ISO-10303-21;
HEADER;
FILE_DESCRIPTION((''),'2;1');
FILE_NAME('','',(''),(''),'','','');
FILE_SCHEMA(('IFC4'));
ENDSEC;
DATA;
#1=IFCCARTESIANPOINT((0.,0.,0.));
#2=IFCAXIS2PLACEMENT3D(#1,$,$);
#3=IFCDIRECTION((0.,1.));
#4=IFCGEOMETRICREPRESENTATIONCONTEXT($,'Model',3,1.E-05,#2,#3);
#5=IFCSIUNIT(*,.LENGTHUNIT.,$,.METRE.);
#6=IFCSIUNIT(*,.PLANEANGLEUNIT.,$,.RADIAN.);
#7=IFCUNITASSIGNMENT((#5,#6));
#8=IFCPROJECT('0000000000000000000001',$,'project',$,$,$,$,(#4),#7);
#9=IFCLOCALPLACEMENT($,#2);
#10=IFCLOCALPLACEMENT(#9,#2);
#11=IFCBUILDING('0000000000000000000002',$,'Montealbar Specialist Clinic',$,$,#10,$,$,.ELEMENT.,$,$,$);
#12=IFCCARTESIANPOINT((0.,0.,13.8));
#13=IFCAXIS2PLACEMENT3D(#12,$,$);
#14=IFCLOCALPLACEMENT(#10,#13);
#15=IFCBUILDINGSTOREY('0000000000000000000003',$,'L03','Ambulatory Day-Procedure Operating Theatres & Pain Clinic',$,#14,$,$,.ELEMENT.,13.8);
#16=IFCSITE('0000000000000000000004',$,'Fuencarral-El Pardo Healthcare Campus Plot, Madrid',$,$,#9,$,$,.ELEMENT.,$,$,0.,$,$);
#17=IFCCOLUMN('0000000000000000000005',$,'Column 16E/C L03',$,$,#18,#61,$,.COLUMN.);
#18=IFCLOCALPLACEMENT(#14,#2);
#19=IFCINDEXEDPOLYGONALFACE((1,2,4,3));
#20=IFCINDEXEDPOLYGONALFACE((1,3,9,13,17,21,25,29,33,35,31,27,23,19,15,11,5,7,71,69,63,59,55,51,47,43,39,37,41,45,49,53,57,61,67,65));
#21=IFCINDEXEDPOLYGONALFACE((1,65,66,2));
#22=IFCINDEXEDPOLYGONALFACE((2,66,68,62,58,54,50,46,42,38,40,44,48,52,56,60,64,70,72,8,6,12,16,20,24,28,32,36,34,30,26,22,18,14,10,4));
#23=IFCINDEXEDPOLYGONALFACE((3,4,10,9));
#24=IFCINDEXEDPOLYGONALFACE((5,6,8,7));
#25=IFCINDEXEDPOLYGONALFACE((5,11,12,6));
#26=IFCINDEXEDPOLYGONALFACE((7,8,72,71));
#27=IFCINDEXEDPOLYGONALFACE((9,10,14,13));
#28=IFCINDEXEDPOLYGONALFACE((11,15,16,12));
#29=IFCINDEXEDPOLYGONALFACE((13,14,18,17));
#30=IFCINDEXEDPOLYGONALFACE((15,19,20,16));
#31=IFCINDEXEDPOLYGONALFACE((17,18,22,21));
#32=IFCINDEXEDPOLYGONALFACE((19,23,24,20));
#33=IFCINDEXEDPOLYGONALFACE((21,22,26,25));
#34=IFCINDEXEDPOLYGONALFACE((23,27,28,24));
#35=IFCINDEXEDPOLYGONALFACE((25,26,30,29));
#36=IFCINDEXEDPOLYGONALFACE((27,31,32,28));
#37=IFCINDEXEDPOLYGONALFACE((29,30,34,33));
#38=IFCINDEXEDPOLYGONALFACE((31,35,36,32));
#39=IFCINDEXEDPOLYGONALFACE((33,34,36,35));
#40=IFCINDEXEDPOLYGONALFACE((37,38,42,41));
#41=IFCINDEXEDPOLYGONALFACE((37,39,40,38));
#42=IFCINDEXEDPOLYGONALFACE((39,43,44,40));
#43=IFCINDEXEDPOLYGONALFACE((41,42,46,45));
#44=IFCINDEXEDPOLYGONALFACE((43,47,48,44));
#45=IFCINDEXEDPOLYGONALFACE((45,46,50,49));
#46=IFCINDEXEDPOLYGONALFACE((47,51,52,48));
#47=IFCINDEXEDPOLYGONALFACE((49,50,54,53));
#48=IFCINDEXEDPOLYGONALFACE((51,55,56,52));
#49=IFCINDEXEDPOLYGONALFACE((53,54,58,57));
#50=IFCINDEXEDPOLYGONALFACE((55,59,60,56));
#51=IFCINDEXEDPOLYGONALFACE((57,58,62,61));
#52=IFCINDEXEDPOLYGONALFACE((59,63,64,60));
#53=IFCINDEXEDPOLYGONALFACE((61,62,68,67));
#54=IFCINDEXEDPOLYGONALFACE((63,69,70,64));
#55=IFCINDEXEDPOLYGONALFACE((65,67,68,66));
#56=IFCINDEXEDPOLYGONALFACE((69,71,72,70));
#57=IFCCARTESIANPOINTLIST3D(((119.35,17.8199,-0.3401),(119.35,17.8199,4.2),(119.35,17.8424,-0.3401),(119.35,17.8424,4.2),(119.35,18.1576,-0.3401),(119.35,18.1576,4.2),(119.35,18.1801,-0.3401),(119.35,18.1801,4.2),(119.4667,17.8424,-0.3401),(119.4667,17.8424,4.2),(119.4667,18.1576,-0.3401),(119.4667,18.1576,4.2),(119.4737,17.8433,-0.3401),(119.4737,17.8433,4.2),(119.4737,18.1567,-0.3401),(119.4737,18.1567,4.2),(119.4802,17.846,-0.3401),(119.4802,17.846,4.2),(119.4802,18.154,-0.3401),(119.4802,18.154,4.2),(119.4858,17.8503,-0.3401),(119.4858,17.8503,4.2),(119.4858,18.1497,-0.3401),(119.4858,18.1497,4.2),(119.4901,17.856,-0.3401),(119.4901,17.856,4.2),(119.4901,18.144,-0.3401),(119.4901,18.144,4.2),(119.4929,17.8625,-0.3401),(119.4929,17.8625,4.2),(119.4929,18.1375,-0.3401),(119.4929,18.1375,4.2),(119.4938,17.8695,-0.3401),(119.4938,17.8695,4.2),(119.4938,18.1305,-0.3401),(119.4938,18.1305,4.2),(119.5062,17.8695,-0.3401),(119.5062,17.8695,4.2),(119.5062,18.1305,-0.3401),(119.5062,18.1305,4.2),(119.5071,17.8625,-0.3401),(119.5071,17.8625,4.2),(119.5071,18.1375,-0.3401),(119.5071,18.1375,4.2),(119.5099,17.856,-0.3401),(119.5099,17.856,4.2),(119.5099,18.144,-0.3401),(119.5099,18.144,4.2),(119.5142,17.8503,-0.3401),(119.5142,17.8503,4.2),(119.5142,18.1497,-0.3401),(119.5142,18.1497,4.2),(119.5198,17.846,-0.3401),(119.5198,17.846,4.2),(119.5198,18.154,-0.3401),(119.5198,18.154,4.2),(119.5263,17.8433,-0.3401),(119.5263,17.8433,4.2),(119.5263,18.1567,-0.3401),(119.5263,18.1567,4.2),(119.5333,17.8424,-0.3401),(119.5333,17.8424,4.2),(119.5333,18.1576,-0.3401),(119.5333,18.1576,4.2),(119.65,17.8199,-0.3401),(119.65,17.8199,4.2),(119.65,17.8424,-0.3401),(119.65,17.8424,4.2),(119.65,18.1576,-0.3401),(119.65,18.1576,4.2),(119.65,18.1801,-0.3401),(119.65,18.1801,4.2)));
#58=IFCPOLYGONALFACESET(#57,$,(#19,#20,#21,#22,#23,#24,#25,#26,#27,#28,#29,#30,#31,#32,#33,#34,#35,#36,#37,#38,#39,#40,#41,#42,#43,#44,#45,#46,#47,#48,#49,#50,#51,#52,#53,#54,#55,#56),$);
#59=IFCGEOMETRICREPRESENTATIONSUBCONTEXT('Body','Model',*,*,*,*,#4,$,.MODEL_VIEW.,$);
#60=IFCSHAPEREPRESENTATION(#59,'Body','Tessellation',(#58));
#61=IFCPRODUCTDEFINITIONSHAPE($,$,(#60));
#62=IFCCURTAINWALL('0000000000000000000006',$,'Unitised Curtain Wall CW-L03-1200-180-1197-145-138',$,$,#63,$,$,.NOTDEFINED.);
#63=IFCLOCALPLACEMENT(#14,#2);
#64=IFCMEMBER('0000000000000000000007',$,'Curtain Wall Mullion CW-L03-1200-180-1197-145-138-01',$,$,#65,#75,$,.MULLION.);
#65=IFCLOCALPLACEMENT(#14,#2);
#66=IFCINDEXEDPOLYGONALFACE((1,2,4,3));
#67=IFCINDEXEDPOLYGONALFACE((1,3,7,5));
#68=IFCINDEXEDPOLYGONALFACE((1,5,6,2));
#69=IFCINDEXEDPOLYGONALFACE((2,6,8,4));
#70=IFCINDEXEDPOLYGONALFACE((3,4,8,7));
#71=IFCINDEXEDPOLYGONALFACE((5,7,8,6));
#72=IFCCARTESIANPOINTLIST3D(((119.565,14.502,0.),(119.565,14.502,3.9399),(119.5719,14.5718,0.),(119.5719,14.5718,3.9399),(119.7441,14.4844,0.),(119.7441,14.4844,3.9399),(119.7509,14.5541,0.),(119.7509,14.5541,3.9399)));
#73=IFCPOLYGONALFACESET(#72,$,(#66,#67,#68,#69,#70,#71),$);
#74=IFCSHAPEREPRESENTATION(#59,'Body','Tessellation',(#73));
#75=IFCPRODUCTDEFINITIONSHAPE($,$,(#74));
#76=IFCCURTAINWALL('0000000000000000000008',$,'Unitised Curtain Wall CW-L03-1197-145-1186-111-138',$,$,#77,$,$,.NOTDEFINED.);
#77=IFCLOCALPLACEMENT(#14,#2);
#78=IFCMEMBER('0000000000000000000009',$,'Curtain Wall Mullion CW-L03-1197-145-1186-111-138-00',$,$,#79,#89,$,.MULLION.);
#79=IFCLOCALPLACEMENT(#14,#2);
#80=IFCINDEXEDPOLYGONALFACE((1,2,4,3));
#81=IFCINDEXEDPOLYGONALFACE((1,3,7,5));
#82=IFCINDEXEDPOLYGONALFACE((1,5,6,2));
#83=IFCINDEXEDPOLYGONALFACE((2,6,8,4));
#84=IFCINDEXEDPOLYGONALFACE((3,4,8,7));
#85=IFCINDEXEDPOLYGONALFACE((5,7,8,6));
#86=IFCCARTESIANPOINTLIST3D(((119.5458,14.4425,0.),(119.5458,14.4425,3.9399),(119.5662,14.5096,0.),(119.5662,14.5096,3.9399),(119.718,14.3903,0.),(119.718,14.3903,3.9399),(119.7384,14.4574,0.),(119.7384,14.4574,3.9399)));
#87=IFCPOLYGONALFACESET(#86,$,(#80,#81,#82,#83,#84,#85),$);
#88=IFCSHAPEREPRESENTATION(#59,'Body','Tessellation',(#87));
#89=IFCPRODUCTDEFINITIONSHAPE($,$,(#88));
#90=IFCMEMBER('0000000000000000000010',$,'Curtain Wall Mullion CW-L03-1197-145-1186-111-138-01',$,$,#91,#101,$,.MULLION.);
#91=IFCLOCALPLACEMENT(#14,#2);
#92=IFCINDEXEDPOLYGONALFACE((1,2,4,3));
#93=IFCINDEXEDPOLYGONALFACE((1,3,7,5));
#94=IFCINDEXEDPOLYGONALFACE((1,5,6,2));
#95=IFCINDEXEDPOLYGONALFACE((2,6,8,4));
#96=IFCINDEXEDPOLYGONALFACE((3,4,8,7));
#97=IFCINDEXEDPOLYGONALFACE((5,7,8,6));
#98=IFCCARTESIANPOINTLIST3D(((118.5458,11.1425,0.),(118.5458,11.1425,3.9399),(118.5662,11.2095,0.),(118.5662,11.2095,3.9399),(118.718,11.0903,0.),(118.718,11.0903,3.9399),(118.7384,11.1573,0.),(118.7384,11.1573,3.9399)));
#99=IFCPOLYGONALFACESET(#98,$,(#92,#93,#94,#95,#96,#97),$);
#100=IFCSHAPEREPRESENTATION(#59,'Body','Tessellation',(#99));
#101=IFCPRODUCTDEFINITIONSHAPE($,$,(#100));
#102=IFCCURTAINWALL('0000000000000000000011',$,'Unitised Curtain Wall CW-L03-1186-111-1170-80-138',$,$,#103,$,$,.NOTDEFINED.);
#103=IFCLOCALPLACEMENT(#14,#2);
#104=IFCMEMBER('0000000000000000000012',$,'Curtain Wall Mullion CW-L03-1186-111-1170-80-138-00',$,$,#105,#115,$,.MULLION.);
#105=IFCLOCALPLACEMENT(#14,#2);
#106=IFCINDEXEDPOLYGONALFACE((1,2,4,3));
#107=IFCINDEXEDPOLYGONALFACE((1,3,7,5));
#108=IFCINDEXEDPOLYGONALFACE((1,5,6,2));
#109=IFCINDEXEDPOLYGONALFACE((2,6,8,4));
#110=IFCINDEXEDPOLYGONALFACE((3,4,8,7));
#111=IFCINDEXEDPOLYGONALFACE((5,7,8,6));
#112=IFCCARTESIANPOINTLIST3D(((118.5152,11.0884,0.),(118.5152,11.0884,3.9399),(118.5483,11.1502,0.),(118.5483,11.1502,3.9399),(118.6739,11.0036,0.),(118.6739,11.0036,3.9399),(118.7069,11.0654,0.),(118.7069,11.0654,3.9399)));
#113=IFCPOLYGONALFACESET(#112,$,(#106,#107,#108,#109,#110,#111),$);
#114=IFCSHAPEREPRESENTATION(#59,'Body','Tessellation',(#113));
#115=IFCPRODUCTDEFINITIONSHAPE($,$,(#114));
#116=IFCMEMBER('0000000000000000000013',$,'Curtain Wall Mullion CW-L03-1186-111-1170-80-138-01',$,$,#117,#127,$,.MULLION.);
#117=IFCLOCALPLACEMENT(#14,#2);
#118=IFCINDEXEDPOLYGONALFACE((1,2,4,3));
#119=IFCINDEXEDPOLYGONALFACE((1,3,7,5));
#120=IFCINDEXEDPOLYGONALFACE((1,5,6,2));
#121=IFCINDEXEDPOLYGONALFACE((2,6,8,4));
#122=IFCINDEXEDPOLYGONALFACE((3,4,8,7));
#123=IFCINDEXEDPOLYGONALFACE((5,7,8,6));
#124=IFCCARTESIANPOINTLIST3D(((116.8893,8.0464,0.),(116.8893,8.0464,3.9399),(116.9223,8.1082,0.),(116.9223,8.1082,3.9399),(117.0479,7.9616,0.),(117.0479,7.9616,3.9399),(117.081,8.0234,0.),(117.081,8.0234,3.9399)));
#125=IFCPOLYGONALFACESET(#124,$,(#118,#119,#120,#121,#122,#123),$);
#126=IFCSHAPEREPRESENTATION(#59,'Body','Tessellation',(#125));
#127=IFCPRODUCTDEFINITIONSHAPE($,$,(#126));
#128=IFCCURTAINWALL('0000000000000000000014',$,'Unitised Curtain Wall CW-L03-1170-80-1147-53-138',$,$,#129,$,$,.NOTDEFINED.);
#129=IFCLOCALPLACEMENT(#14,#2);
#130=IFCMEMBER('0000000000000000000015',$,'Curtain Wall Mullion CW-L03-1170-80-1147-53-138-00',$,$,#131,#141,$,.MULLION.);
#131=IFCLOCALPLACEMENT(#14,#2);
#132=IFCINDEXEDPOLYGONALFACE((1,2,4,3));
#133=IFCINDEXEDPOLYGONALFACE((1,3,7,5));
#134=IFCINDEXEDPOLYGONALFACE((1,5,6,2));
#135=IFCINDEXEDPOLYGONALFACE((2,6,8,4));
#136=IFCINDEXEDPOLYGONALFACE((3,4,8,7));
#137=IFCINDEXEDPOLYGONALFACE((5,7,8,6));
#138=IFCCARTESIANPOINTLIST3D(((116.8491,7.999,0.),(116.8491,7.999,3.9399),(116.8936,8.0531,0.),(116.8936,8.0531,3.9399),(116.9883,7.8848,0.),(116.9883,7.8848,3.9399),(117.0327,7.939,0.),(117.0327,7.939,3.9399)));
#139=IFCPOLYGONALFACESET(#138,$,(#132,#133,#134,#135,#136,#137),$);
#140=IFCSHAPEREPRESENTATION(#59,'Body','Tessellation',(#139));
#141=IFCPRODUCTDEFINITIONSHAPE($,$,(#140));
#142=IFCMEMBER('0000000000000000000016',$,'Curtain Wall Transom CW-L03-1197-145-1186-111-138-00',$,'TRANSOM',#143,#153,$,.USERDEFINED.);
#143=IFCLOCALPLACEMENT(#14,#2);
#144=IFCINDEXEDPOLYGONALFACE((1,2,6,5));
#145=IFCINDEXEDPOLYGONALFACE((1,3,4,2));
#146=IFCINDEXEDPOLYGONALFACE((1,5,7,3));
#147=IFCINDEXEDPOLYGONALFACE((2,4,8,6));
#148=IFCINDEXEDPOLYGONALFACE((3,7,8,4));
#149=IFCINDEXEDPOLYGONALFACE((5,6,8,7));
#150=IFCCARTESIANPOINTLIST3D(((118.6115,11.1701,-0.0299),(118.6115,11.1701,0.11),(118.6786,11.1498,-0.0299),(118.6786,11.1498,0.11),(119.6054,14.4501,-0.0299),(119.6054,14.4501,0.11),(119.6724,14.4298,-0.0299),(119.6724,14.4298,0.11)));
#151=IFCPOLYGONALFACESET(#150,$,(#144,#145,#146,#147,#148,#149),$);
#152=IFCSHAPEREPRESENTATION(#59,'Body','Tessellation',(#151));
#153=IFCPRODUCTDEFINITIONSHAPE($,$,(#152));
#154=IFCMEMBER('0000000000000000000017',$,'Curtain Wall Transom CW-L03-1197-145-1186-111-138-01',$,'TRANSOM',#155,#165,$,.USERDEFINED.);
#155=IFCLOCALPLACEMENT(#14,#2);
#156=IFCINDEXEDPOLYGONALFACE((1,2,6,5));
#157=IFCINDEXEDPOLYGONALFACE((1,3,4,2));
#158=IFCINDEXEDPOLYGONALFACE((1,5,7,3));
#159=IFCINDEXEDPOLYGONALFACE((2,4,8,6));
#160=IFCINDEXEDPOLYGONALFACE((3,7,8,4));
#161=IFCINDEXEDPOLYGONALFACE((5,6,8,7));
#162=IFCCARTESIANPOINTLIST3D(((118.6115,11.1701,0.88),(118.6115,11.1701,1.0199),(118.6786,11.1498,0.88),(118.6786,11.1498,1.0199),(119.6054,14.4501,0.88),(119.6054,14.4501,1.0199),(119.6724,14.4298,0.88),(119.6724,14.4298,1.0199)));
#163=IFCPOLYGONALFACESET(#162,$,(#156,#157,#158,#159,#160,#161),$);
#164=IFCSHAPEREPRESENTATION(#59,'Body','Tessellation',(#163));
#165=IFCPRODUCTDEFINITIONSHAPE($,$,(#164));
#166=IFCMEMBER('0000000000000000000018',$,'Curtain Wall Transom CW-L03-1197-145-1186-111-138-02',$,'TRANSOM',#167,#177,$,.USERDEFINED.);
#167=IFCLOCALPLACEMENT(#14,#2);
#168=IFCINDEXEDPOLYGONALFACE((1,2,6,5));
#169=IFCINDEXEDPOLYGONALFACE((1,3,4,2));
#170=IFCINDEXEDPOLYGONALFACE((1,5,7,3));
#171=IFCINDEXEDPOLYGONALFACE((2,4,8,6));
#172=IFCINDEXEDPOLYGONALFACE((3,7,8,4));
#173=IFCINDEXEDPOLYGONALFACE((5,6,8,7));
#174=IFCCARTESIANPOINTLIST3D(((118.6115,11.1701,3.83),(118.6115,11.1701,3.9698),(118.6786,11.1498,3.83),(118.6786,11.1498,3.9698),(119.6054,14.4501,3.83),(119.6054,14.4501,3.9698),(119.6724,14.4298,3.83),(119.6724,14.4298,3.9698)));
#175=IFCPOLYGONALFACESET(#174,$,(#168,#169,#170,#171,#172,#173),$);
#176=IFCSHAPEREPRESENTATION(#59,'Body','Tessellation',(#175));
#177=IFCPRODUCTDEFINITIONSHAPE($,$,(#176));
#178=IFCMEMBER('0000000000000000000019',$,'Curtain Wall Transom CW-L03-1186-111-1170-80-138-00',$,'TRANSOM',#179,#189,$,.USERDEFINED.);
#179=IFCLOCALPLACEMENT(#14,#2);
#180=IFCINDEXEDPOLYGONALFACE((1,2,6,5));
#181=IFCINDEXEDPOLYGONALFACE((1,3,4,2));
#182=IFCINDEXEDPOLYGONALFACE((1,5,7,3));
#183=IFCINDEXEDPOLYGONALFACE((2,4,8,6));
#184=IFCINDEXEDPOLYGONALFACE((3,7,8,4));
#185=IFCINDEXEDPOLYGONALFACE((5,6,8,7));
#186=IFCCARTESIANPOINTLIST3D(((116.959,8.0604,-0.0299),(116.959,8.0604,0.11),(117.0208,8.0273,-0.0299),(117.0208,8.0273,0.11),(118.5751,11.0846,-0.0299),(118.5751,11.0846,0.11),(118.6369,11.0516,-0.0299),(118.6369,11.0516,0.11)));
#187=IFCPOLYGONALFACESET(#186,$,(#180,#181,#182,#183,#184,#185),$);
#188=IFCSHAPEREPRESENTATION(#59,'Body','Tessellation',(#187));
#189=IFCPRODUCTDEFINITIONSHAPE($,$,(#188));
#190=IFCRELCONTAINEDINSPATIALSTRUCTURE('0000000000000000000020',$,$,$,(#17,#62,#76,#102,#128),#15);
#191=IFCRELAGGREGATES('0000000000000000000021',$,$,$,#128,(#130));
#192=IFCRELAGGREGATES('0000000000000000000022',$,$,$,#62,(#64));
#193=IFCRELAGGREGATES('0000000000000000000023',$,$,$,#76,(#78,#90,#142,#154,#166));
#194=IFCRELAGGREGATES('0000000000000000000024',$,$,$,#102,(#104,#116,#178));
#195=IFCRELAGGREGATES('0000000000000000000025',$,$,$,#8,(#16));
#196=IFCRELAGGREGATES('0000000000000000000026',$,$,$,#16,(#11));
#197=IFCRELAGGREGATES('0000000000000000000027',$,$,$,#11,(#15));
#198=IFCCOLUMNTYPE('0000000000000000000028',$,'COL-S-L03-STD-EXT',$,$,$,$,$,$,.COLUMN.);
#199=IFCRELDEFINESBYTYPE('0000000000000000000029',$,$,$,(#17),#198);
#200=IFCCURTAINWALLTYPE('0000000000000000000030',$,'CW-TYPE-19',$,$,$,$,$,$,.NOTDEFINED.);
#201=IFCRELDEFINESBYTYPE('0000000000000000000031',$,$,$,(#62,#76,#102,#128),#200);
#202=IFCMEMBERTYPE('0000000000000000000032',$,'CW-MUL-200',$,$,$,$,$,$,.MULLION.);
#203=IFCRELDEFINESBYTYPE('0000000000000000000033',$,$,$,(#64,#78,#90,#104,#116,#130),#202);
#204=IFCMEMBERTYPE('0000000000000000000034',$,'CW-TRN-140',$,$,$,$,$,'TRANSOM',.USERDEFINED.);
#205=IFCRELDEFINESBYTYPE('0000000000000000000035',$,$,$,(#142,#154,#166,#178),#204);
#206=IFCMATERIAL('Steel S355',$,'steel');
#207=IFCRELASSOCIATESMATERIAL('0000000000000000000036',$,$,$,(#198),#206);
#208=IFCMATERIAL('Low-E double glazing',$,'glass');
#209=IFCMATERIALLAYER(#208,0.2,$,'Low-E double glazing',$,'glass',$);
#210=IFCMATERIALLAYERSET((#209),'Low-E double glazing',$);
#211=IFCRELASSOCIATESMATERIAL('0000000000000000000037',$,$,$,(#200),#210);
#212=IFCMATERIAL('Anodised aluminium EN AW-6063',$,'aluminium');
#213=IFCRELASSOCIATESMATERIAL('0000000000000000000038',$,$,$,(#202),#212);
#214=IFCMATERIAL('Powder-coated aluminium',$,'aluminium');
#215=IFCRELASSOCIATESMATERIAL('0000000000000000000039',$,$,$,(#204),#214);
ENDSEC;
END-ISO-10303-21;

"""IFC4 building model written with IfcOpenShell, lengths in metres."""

from ifc_helpers import new_model, si_unit, direction, frame, origin, origin_2d, place, context, subcontext, project, spatial, rectangle, i_section, extrude, material, layer, layer_set, material_profile, profile_set, type_object, element, aggregate, save


model = new_model("IFC4")

# Units and contexts
model_context = context("Model", 3, precision=1e-05, world=origin(), true_north=direction((0.0, 1.0)))
body_context = subcontext(model_context, "Body", "Model", "MODEL_VIEW")
ifc_project = project(units=[si_unit("LENGTHUNIT", "METRE"), si_unit("PLANEANGLEUNIT", "RADIAN")], contexts=[model_context])

# Site, building, storey
site_placement = place(None, origin())
site = spatial("IfcSite", under=ifc_project, at=site_placement, Name="Fuencarral-El Pardo Healthcare Campus Plot, Madrid", CompositionType="ELEMENT", RefElevation=0.0)
building_placement = place(site_placement, origin())
building = spatial("IfcBuilding", under=site, at=building_placement, Name="Montealbar Specialist Clinic", CompositionType="ELEMENT")
storey_placement = place(building_placement, frame((0.0, 0.0, 13.8)))
storey = spatial("IfcBuildingStorey", under=building, at=storey_placement, Name="L03", Description="Ambulatory Day-Procedure Operating Theatres & Pain Clinic", CompositionType="ELEMENT", Elevation=13.8)

# Column
ifc_material_1 = material(Name="Steel S355", Category="steel")
ifc_material_profile_1 = material_profile(ifc_material_1, i_section(OverallWidth=0.3, OverallDepth=0.3601, WebThickness=0.0125, FlangeThickness=0.0225, FilletRadius=0.0271, at=origin_2d()), Name="HEB 360", Category="steel")
ifc_profile_set_1 = profile_set([ifc_material_profile_1], Name="Steel S355")
column_type = type_object("IfcColumnType", Name="COL-S-L03-STD-EXT", PredefinedType="COLUMN", material=ifc_profile_set_1)
column_placement = place(storey_placement, frame((119.5, 18.0, -0.3401), z_axis=(0.0, 0.0, 1.0), x_axis=(1.0, 0.0, 0.0)))
element("IfcColumn", 1, at=column_placement, inside=storey, type_object=column_type, Name="Column 16E/C L03", PredefinedType="COLUMN", context=body_context, shape_type="SweptSolid", body=[
    extrude(i_section(OverallWidth=0.3, OverallDepth=0.3601, WebThickness=0.0125, FlangeThickness=0.0225, FilletRadius=0.0271, at=origin_2d()), origin(), (0.0, 0.0, 1.0), 4.54),
])

# Curtain wall, member
ifc_material_2 = material(Name="Low-E double glazing", Category="glass")
ifc_layer_1 = layer(ifc_material_2, 0.2, Name="Low-E double glazing", Category="glass")
ifc_layer_set_1 = layer_set([ifc_layer_1], Name="Low-E double glazing")
curtain_wall_type = type_object("IfcCurtainWallType", Name="CW-TYPE-19", PredefinedType="NOTDEFINED", material=ifc_layer_set_1)
curtain_wall_1_placement = place(storey_placement, origin())
curtain_wall_1 = element("IfcCurtainWall", 2, at=curtain_wall_1_placement, inside=storey, type_object=curtain_wall_type, Name="Unitised Curtain Wall CW-L03-1200-180-1197-145-138", PredefinedType="NOTDEFINED")
ifc_material_3 = material(Name="Anodised aluminium EN AW-6063", Category="aluminium")
ifc_material_profile_2 = material_profile(ifc_material_3, rectangle(XDim=0.0701, YDim=0.1799, at=origin_2d()), Name="ALU 70x180", Category="aluminium")
ifc_profile_set_2 = profile_set([ifc_material_profile_2], Name="Anodised aluminium EN AW-6063")
member_type_1 = type_object("IfcMemberType", Name="CW-MUL-200", PredefinedType="MULLION", material=ifc_profile_set_2)
member_1_placement = place(storey_placement, frame((119.658, 14.5281, 0.0), z_axis=(0.0, 0.0, 1.0), x_axis=(-0.098045, -0.995182, 0.0)))
member_1 = element("IfcMember", 3, at=member_1_placement, type_object=member_type_1, Name="Curtain Wall Mullion CW-L03-1200-180-1197-145-138-01", PredefinedType="MULLION", context=body_context, shape_type="SweptSolid", body=[
    extrude(rectangle(XDim=0.0701, YDim=0.1799, at=origin_2d()), origin(), (0.0, 0.0, 1.0), 3.9399),
])

# Curtain walls, members
curtain_wall_2_placement = place(storey_placement, origin())
curtain_wall_2 = element("IfcCurtainWall", 4, at=curtain_wall_2_placement, inside=storey, type_object=curtain_wall_type, Name="Unitised Curtain Wall CW-L03-1197-145-1186-111-138", PredefinedType="NOTDEFINED")
member_2_placement = place(storey_placement, frame((119.6421, 14.45, 0.0), z_axis=(0.0, 0.0, 1.0), x_axis=(-0.290259, -0.956948, 0.0)))
member_2 = element("IfcMember", 5, at=member_2_placement, type_object=member_type_1, Name="Curtain Wall Mullion CW-L03-1197-145-1186-111-138-00", PredefinedType="MULLION", context=body_context, shape_type="SweptSolid", body=[
    extrude(rectangle(XDim=0.0701, YDim=0.1799, at=origin_2d()), origin(), (0.0, 0.0, 1.0), 3.9399),
])
member_3_placement = place(storey_placement, frame((118.6421, 11.1499, 0.0), z_axis=(0.0, 0.0, 1.0), x_axis=(-0.290259, -0.956948, 0.0)))
member_3 = element("IfcMember", 6, at=member_3_placement, type_object=member_type_1, Name="Curtain Wall Mullion CW-L03-1197-145-1186-111-138-01", PredefinedType="MULLION", context=body_context, shape_type="SweptSolid", body=[
    extrude(rectangle(XDim=0.0701, YDim=0.1799, at=origin_2d()), origin(), (0.0, 0.0, 1.0), 3.9399),
])
curtain_wall_3_placement = place(storey_placement, origin())
curtain_wall_3 = element("IfcCurtainWall", 7, at=curtain_wall_3_placement, inside=storey, type_object=curtain_wall_type, Name="Unitised Curtain Wall CW-L03-1186-111-1170-80-138", PredefinedType="NOTDEFINED")
member_4_placement = place(storey_placement, frame((118.6111, 11.0769, 0.0), z_axis=(0.0, 0.0, 1.0), x_axis=(-0.471529, -0.88185, 0.0)))
member_4 = element("IfcMember", 8, at=member_4_placement, type_object=member_type_1, Name="Curtain Wall Mullion CW-L03-1186-111-1170-80-138-00", PredefinedType="MULLION", context=body_context, shape_type="SweptSolid", body=[
    extrude(rectangle(XDim=0.0701, YDim=0.1799, at=origin_2d()), origin(), (0.0, 0.0, 1.0), 3.9399),
])
member_5_placement = place(storey_placement, frame((116.9851, 8.0349, 0.0), z_axis=(0.0, 0.0, 1.0), x_axis=(-0.471529, -0.88185, 0.0)))
member_5 = element("IfcMember", 9, at=member_5_placement, type_object=member_type_1, Name="Curtain Wall Mullion CW-L03-1186-111-1170-80-138-01", PredefinedType="MULLION", context=body_context, shape_type="SweptSolid", body=[
    extrude(rectangle(XDim=0.0701, YDim=0.1799, at=origin_2d()), origin(), (0.0, 0.0, 1.0), 3.9399),
])

# Curtain wall, member
curtain_wall_4_placement = place(storey_placement, origin())
curtain_wall_4 = element("IfcCurtainWall", 10, at=curtain_wall_4_placement, inside=storey, type_object=curtain_wall_type, Name="Unitised Curtain Wall CW-L03-1170-80-1147-53-138", PredefinedType="NOTDEFINED")
member_6_placement = place(storey_placement, frame((116.9409, 7.969, 0.0), z_axis=(0.0, 0.0, 1.0), x_axis=(-0.634256, -0.773123, 0.0)))
member_6 = element("IfcMember", 11, at=member_6_placement, type_object=member_type_1, Name="Curtain Wall Mullion CW-L03-1170-80-1147-53-138-00", PredefinedType="MULLION", context=body_context, shape_type="SweptSolid", body=[
    extrude(rectangle(XDim=0.0701, YDim=0.1799, at=origin_2d()), origin(), (0.0, 0.0, 1.0), 3.9399),
])

# Members
ifc_material_4 = material(Name="Powder-coated aluminium", Category="aluminium")
ifc_material_profile_3 = material_profile(ifc_material_4, rectangle(XDim=0.0701, YDim=0.1399, at=origin_2d()), Name="ALU 70x140", Category="aluminium")
ifc_profile_set_3 = profile_set([ifc_material_profile_3], Name="Powder-coated aluminium")
member_type_2 = type_object("IfcMemberType", Name="CW-TRN-140", ElementType="TRANSOM", PredefinedType="USERDEFINED", material=ifc_profile_set_3)
member_7_placement = place(storey_placement, frame((119.6389, 14.4399, 0.04), z_axis=(-0.289994, -0.957029, 0.0), x_axis=(0.957029, -0.289994, 0.0)))
member_7 = element("IfcMember", 12, at=member_7_placement, type_object=member_type_2, Name="Curtain Wall Transom CW-L03-1197-145-1186-111-138-00", ObjectType="TRANSOM", PredefinedType="USERDEFINED", context=body_context, shape_type="SweptSolid", body=[
    extrude(rectangle(XDim=0.0701, YDim=0.1399, at=origin_2d()), origin(), (0.0, 0.0, 1.0), 3.4272),
])
member_8_placement = place(storey_placement, frame((119.6389, 14.4399, 0.95), z_axis=(-0.289994, -0.957029, 0.0), x_axis=(0.957029, -0.289994, 0.0)))
member_8 = element("IfcMember", 13, at=member_8_placement, type_object=member_type_2, Name="Curtain Wall Transom CW-L03-1197-145-1186-111-138-01", ObjectType="TRANSOM", PredefinedType="USERDEFINED", context=body_context, shape_type="SweptSolid", body=[
    extrude(rectangle(XDim=0.0701, YDim=0.1399, at=origin_2d()), origin(), (0.0, 0.0, 1.0), 3.4272),
])
member_9_placement = place(storey_placement, frame((119.6389, 14.4399, 3.8999), z_axis=(-0.289994, -0.957029, 0.0), x_axis=(0.957029, -0.289994, 0.0)))
member_9 = element("IfcMember", 14, at=member_9_placement, type_object=member_type_2, Name="Curtain Wall Transom CW-L03-1197-145-1186-111-138-02", ObjectType="TRANSOM", PredefinedType="USERDEFINED", context=body_context, shape_type="SweptSolid", body=[
    extrude(rectangle(XDim=0.0701, YDim=0.1399, at=origin_2d()), origin(), (0.0, 0.0, 1.0), 3.4272),
])
member_10_placement = place(storey_placement, frame((118.606, 11.0681, 0.04), z_axis=(-0.471287, -0.88198, 0.0), x_axis=(0.88198, -0.471287, 0.0)))
member_10 = element("IfcMember", 15, at=member_10_placement, type_object=member_type_2, Name="Curtain Wall Transom CW-L03-1186-111-1170-80-138-00", ObjectType="TRANSOM", PredefinedType="USERDEFINED", context=body_context, shape_type="SweptSolid", body=[
    extrude(rectangle(XDim=0.0701, YDim=0.1399, at=origin_2d()), origin(), (0.0, 0.0, 1.0), 3.429),
])
aggregate(curtain_wall_4, [member_6])

aggregate(curtain_wall_1, [member_1])
aggregate(curtain_wall_2, [member_2, member_3, member_7, member_8, member_9])
aggregate(curtain_wall_3, [member_4, member_5, member_10])

save(model, "model.ifc")
